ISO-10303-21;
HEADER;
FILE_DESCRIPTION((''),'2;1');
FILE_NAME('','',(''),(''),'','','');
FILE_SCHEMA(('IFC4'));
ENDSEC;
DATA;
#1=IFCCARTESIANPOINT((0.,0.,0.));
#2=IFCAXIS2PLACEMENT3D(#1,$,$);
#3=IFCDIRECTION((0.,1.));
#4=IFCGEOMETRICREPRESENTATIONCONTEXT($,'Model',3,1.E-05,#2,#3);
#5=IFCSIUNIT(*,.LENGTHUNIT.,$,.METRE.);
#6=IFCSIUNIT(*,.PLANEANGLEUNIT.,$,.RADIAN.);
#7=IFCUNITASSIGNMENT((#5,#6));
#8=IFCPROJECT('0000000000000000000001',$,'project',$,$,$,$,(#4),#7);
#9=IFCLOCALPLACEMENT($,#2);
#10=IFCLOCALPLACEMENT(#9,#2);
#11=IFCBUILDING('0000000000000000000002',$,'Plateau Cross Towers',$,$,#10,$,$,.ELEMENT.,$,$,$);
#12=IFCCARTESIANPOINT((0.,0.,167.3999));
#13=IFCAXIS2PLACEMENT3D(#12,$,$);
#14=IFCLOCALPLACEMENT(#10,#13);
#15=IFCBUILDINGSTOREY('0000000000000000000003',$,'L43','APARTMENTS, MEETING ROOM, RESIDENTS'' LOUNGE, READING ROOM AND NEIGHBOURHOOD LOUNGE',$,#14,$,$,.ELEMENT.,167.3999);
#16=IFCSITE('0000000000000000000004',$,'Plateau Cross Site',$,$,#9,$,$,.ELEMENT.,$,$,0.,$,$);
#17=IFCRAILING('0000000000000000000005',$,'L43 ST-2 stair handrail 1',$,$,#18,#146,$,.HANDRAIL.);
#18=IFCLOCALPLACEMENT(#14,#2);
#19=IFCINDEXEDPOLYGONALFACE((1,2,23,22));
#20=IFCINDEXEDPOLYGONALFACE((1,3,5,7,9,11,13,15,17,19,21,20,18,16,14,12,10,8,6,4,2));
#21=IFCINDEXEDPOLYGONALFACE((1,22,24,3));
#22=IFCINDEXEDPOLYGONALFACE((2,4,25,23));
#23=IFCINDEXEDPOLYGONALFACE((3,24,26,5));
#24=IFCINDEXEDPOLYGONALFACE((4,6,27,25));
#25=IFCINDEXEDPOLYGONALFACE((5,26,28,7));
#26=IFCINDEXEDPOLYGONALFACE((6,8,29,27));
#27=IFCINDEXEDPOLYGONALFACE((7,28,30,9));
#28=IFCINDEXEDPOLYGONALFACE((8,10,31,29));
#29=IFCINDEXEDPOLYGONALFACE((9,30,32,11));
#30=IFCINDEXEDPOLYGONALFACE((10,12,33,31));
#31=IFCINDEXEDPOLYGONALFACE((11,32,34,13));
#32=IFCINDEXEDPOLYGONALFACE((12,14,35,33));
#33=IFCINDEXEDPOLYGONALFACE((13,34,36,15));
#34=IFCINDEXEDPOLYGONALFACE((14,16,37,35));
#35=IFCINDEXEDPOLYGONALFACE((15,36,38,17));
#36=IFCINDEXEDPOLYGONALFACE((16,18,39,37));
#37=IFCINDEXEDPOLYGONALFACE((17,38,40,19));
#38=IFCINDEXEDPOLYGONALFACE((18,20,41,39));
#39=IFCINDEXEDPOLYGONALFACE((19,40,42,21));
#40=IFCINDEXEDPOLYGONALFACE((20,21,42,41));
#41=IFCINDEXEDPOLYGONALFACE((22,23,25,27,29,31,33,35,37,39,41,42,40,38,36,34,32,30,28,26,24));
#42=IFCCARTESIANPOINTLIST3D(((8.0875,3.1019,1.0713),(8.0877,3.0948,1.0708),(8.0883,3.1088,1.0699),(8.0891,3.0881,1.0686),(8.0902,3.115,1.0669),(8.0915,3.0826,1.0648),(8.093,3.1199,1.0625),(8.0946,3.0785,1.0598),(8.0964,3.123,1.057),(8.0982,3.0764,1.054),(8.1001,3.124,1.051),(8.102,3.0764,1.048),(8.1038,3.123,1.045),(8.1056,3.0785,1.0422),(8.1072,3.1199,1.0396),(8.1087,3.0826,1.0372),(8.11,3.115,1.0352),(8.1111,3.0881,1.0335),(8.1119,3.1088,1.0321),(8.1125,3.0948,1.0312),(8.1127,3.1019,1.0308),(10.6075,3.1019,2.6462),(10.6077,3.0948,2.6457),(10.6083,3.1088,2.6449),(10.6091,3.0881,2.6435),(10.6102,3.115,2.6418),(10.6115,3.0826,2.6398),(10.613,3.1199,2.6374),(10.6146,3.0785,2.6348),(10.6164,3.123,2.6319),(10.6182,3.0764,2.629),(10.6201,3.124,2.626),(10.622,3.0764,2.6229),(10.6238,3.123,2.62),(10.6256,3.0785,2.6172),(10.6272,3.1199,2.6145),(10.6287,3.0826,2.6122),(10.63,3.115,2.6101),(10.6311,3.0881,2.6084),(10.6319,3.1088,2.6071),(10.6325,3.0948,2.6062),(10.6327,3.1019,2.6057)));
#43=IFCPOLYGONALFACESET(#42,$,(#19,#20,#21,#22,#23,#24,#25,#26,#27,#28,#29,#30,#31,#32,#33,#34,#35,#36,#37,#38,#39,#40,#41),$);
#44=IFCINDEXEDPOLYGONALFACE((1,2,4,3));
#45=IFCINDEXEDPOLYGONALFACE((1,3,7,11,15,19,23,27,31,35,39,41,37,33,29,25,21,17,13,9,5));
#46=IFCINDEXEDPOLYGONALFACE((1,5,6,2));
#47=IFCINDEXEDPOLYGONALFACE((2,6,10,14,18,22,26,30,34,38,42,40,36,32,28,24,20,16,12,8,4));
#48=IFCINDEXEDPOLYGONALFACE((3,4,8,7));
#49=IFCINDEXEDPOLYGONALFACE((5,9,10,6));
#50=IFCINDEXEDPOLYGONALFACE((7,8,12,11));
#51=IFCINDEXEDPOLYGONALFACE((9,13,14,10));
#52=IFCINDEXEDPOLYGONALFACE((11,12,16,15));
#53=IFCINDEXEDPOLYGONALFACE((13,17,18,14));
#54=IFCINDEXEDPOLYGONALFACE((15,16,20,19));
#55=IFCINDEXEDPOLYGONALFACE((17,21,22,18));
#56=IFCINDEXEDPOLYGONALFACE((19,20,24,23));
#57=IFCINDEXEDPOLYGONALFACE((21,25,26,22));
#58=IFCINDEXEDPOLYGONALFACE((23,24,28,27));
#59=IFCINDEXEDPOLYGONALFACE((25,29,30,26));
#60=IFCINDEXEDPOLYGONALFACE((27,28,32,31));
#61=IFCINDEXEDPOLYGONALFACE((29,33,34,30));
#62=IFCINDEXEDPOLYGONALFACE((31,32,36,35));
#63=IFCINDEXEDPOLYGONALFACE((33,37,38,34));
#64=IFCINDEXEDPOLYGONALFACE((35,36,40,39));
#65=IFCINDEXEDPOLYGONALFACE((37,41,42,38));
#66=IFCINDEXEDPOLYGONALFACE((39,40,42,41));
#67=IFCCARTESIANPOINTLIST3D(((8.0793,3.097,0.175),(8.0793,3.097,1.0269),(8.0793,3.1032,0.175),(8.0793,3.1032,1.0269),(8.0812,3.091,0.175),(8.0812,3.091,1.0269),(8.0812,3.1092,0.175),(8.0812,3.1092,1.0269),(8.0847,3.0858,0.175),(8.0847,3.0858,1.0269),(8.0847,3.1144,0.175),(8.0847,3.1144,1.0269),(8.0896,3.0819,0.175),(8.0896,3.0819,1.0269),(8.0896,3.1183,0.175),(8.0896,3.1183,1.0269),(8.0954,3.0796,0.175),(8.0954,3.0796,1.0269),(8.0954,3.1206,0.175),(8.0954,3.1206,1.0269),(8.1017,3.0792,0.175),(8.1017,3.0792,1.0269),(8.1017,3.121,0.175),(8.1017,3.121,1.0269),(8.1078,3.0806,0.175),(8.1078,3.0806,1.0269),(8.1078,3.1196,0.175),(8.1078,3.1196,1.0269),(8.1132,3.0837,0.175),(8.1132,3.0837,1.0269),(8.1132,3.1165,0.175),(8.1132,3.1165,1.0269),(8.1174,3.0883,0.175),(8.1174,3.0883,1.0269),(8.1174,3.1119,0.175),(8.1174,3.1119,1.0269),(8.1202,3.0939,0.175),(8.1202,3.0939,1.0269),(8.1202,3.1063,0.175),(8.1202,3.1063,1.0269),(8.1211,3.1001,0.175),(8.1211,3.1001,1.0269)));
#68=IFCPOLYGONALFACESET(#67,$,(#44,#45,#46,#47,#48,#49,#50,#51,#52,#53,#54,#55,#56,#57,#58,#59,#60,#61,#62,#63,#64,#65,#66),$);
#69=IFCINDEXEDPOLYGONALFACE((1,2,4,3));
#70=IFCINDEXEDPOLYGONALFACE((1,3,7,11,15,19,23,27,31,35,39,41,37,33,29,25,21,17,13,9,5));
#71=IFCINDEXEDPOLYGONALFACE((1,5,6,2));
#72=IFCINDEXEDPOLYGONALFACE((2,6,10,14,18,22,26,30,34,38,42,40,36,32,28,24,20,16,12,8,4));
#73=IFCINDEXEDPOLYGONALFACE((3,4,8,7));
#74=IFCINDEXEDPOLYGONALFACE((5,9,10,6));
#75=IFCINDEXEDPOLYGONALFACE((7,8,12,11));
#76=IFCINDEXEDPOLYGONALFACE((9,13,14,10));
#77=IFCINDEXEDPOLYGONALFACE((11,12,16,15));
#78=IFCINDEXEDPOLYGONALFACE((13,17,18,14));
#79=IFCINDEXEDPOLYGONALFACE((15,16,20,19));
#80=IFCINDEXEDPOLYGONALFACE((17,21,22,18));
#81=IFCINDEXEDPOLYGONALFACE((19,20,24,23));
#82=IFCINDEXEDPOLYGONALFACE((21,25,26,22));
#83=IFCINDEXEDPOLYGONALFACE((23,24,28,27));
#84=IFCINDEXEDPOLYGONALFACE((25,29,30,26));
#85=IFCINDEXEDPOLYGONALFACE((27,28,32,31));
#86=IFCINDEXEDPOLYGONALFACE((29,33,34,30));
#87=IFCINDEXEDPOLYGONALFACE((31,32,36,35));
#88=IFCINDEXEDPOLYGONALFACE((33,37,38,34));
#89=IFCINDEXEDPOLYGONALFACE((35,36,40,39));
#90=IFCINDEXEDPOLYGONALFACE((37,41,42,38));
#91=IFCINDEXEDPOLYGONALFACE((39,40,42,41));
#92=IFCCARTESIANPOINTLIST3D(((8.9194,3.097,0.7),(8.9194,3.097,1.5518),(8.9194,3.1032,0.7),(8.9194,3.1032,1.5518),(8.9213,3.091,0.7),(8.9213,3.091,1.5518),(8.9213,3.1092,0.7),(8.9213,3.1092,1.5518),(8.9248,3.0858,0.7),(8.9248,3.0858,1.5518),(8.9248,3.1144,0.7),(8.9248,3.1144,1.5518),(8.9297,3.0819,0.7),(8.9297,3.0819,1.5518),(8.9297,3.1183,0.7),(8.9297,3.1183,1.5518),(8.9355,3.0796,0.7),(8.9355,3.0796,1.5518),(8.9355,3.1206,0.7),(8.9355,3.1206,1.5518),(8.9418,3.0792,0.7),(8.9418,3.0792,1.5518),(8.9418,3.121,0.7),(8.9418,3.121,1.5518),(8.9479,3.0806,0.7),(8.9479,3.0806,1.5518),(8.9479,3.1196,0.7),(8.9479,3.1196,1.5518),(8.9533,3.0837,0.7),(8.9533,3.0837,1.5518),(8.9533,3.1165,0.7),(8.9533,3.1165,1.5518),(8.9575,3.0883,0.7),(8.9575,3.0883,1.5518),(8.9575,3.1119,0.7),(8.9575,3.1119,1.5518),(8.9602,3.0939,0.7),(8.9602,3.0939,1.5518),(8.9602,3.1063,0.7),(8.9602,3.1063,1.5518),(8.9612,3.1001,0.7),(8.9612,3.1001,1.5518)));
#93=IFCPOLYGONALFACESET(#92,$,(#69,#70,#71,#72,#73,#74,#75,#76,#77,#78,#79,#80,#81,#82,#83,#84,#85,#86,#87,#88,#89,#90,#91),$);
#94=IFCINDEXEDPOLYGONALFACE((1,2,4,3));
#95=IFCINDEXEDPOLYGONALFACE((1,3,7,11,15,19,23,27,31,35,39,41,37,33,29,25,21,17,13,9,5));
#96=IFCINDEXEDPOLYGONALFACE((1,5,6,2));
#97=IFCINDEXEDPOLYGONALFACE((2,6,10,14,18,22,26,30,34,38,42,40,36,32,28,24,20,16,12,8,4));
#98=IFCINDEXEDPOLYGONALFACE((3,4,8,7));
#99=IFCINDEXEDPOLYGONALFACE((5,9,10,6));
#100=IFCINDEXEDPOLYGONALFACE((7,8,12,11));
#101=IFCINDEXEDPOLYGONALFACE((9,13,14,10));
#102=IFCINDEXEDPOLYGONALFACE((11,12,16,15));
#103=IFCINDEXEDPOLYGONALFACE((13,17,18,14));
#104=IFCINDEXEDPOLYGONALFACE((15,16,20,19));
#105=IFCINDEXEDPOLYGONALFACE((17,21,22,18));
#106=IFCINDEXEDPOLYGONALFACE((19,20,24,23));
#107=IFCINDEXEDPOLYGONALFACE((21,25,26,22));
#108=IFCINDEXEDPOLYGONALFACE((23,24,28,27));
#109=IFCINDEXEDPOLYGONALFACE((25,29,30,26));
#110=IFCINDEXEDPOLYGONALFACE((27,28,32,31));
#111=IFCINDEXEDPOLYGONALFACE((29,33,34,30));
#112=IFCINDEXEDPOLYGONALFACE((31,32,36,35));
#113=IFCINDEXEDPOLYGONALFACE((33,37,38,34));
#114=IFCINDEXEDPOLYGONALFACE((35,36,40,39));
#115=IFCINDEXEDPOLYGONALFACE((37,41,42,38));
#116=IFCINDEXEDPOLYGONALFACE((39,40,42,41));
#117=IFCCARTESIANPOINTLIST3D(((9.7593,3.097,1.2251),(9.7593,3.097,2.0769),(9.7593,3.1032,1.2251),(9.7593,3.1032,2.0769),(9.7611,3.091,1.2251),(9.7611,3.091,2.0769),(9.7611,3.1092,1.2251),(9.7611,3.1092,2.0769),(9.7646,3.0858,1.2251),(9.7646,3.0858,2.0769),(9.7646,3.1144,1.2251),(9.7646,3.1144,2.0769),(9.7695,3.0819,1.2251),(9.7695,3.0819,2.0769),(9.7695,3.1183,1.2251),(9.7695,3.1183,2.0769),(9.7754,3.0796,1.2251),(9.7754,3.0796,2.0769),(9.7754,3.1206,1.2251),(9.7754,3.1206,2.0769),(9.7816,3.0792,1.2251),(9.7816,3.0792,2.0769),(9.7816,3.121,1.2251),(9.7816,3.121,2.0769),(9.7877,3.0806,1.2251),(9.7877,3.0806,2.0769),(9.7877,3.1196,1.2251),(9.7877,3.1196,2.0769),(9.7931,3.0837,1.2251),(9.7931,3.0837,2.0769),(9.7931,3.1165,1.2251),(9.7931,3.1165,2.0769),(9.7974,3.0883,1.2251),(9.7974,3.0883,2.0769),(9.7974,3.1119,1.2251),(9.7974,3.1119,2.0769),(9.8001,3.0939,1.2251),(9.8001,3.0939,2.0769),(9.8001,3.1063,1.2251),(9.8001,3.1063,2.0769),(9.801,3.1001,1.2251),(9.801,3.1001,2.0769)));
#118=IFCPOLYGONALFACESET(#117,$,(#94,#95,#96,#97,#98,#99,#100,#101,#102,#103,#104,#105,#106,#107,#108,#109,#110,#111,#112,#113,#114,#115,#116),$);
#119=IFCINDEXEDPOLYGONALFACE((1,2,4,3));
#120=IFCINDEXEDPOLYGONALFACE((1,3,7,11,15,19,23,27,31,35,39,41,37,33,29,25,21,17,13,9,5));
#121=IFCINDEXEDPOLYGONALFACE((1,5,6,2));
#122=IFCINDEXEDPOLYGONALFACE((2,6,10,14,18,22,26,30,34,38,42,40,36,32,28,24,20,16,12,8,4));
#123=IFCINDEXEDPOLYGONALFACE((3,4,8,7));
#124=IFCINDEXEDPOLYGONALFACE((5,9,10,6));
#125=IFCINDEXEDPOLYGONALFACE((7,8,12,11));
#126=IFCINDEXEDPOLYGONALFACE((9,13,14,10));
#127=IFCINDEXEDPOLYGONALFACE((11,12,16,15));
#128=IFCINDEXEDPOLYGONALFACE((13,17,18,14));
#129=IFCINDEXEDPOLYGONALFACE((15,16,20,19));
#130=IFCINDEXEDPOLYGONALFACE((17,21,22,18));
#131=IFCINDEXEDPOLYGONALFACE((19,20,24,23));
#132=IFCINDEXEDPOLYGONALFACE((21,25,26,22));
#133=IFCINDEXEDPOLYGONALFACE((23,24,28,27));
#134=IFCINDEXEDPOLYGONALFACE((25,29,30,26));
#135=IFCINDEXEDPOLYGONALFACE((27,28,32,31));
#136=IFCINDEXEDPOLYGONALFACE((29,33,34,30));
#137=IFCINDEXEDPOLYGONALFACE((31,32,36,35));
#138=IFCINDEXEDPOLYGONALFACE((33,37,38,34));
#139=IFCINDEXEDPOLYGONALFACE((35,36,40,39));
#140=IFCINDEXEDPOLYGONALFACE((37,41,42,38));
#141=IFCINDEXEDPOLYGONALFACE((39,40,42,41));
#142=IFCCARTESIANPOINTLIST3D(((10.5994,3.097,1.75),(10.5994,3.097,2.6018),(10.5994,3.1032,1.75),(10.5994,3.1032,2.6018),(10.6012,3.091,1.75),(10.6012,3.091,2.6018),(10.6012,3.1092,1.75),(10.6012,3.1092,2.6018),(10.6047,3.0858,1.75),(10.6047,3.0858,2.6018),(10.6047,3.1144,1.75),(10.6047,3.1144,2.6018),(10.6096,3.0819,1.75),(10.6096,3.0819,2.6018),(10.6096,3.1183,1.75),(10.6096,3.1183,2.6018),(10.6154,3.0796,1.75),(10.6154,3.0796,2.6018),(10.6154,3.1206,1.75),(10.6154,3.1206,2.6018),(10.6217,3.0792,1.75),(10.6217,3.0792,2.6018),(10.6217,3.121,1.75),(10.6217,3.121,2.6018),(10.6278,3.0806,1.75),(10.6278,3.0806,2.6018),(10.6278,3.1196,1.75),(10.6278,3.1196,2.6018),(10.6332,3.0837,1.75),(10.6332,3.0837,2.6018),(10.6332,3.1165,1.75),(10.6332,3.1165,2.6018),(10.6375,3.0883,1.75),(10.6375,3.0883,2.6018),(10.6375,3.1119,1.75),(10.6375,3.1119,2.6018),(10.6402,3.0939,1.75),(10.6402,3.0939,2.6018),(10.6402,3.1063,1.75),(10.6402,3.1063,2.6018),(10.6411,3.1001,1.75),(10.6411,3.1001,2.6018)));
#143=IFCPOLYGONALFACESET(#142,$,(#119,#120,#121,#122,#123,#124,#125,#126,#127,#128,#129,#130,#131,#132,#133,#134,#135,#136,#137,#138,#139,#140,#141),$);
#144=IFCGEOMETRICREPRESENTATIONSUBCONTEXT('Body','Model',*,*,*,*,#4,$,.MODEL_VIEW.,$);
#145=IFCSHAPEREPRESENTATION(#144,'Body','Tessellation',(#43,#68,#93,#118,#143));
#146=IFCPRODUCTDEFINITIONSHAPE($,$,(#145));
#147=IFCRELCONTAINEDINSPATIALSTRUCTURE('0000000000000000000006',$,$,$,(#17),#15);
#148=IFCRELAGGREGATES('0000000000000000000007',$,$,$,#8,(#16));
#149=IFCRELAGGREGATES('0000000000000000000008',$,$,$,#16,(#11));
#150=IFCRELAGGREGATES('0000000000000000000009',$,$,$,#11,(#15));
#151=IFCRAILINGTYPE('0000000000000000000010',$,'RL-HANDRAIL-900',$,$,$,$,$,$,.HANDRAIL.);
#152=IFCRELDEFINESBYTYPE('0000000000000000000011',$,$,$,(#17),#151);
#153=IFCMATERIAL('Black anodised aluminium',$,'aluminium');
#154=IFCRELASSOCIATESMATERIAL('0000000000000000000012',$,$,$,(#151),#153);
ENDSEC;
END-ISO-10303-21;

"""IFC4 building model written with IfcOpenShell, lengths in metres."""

from ifc_helpers import new_model, si_unit, direction, frame, origin, origin_2d, place, context, subcontext, project, spatial, circle, extrude, material, type_object, element, save


model = new_model("IFC4")

# Units and contexts
model_context = context("Model", 3, precision=1e-05, world=origin(), true_north=direction((0.0, 1.0)))
body_context = subcontext(model_context, "Body", "Model", "MODEL_VIEW")
ifc_project = project(units=[si_unit("LENGTHUNIT", "METRE"), si_unit("PLANEANGLEUNIT", "RADIAN")], contexts=[model_context])

# Site, building, storey
site_placement = place(None, origin())
site = spatial("IfcSite", under=ifc_project, at=site_placement, Name="Plateau Cross Site", CompositionType="ELEMENT", RefElevation=0.0)
building_placement = place(site_placement, origin())
building = spatial("IfcBuilding", under=site, at=building_placement, Name="Plateau Cross Towers", CompositionType="ELEMENT")
storey_placement = place(building_placement, frame((0.0, 0.0, 167.3999)))
storey = spatial("IfcBuildingStorey", under=building, at=storey_placement, Name="L43", Description="APARTMENTS, MEETING ROOM, RESIDENTS' LOUNGE, READING ROOM AND NEIGHBOURHOOD LOUNGE", CompositionType="ELEMENT", Elevation=167.3999)

# Shared definitions
ifc_material_1 = material(Name="Black anodised aluminium", Category="aluminium")

# Railing
railing_type_1 = type_object("IfcRailingType", Name="RL-HANDRAIL-900", PredefinedType="HANDRAIL", material=ifc_material_1)
railing_1_placement = place(storey_placement, frame((8.1001, 3.1001, 0.175)))
element("IfcRailing", 1, at=railing_1_placement, inside=storey, type_object=railing_type_1, Name="L43 ST-2 stair handrail 1", PredefinedType="HANDRAIL", context=body_context, shape_type="SweptSolid", body=[
    extrude(circle(Radius=0.0239, at=origin_2d()), frame((0.0, 0.0, 0.876), z_axis=(0.848008, 0.0, 0.529984), x_axis=(0.0, 1.0, 0.0)), (0.0, 0.0, 1.0), 2.9717),
    extrude(circle(Radius=0.021, at=origin_2d()), origin(), (0.0, 0.0, 1.0), 0.8518),
    extrude(circle(Radius=0.021, at=origin_2d()), frame((0.8401, 0.0, 0.5249)), (0.0, 0.0, 1.0), 0.8518),
    extrude(circle(Radius=0.021, at=origin_2d()), frame((1.6799, 0.0, 1.05)), (0.0, 0.0, 1.0), 0.8518),
    extrude(circle(Radius=0.021, at=origin_2d()), frame((2.52, 0.0, 1.575)), (0.0, 0.0, 1.0), 0.8518),
])

save(model, "model.ifc")
